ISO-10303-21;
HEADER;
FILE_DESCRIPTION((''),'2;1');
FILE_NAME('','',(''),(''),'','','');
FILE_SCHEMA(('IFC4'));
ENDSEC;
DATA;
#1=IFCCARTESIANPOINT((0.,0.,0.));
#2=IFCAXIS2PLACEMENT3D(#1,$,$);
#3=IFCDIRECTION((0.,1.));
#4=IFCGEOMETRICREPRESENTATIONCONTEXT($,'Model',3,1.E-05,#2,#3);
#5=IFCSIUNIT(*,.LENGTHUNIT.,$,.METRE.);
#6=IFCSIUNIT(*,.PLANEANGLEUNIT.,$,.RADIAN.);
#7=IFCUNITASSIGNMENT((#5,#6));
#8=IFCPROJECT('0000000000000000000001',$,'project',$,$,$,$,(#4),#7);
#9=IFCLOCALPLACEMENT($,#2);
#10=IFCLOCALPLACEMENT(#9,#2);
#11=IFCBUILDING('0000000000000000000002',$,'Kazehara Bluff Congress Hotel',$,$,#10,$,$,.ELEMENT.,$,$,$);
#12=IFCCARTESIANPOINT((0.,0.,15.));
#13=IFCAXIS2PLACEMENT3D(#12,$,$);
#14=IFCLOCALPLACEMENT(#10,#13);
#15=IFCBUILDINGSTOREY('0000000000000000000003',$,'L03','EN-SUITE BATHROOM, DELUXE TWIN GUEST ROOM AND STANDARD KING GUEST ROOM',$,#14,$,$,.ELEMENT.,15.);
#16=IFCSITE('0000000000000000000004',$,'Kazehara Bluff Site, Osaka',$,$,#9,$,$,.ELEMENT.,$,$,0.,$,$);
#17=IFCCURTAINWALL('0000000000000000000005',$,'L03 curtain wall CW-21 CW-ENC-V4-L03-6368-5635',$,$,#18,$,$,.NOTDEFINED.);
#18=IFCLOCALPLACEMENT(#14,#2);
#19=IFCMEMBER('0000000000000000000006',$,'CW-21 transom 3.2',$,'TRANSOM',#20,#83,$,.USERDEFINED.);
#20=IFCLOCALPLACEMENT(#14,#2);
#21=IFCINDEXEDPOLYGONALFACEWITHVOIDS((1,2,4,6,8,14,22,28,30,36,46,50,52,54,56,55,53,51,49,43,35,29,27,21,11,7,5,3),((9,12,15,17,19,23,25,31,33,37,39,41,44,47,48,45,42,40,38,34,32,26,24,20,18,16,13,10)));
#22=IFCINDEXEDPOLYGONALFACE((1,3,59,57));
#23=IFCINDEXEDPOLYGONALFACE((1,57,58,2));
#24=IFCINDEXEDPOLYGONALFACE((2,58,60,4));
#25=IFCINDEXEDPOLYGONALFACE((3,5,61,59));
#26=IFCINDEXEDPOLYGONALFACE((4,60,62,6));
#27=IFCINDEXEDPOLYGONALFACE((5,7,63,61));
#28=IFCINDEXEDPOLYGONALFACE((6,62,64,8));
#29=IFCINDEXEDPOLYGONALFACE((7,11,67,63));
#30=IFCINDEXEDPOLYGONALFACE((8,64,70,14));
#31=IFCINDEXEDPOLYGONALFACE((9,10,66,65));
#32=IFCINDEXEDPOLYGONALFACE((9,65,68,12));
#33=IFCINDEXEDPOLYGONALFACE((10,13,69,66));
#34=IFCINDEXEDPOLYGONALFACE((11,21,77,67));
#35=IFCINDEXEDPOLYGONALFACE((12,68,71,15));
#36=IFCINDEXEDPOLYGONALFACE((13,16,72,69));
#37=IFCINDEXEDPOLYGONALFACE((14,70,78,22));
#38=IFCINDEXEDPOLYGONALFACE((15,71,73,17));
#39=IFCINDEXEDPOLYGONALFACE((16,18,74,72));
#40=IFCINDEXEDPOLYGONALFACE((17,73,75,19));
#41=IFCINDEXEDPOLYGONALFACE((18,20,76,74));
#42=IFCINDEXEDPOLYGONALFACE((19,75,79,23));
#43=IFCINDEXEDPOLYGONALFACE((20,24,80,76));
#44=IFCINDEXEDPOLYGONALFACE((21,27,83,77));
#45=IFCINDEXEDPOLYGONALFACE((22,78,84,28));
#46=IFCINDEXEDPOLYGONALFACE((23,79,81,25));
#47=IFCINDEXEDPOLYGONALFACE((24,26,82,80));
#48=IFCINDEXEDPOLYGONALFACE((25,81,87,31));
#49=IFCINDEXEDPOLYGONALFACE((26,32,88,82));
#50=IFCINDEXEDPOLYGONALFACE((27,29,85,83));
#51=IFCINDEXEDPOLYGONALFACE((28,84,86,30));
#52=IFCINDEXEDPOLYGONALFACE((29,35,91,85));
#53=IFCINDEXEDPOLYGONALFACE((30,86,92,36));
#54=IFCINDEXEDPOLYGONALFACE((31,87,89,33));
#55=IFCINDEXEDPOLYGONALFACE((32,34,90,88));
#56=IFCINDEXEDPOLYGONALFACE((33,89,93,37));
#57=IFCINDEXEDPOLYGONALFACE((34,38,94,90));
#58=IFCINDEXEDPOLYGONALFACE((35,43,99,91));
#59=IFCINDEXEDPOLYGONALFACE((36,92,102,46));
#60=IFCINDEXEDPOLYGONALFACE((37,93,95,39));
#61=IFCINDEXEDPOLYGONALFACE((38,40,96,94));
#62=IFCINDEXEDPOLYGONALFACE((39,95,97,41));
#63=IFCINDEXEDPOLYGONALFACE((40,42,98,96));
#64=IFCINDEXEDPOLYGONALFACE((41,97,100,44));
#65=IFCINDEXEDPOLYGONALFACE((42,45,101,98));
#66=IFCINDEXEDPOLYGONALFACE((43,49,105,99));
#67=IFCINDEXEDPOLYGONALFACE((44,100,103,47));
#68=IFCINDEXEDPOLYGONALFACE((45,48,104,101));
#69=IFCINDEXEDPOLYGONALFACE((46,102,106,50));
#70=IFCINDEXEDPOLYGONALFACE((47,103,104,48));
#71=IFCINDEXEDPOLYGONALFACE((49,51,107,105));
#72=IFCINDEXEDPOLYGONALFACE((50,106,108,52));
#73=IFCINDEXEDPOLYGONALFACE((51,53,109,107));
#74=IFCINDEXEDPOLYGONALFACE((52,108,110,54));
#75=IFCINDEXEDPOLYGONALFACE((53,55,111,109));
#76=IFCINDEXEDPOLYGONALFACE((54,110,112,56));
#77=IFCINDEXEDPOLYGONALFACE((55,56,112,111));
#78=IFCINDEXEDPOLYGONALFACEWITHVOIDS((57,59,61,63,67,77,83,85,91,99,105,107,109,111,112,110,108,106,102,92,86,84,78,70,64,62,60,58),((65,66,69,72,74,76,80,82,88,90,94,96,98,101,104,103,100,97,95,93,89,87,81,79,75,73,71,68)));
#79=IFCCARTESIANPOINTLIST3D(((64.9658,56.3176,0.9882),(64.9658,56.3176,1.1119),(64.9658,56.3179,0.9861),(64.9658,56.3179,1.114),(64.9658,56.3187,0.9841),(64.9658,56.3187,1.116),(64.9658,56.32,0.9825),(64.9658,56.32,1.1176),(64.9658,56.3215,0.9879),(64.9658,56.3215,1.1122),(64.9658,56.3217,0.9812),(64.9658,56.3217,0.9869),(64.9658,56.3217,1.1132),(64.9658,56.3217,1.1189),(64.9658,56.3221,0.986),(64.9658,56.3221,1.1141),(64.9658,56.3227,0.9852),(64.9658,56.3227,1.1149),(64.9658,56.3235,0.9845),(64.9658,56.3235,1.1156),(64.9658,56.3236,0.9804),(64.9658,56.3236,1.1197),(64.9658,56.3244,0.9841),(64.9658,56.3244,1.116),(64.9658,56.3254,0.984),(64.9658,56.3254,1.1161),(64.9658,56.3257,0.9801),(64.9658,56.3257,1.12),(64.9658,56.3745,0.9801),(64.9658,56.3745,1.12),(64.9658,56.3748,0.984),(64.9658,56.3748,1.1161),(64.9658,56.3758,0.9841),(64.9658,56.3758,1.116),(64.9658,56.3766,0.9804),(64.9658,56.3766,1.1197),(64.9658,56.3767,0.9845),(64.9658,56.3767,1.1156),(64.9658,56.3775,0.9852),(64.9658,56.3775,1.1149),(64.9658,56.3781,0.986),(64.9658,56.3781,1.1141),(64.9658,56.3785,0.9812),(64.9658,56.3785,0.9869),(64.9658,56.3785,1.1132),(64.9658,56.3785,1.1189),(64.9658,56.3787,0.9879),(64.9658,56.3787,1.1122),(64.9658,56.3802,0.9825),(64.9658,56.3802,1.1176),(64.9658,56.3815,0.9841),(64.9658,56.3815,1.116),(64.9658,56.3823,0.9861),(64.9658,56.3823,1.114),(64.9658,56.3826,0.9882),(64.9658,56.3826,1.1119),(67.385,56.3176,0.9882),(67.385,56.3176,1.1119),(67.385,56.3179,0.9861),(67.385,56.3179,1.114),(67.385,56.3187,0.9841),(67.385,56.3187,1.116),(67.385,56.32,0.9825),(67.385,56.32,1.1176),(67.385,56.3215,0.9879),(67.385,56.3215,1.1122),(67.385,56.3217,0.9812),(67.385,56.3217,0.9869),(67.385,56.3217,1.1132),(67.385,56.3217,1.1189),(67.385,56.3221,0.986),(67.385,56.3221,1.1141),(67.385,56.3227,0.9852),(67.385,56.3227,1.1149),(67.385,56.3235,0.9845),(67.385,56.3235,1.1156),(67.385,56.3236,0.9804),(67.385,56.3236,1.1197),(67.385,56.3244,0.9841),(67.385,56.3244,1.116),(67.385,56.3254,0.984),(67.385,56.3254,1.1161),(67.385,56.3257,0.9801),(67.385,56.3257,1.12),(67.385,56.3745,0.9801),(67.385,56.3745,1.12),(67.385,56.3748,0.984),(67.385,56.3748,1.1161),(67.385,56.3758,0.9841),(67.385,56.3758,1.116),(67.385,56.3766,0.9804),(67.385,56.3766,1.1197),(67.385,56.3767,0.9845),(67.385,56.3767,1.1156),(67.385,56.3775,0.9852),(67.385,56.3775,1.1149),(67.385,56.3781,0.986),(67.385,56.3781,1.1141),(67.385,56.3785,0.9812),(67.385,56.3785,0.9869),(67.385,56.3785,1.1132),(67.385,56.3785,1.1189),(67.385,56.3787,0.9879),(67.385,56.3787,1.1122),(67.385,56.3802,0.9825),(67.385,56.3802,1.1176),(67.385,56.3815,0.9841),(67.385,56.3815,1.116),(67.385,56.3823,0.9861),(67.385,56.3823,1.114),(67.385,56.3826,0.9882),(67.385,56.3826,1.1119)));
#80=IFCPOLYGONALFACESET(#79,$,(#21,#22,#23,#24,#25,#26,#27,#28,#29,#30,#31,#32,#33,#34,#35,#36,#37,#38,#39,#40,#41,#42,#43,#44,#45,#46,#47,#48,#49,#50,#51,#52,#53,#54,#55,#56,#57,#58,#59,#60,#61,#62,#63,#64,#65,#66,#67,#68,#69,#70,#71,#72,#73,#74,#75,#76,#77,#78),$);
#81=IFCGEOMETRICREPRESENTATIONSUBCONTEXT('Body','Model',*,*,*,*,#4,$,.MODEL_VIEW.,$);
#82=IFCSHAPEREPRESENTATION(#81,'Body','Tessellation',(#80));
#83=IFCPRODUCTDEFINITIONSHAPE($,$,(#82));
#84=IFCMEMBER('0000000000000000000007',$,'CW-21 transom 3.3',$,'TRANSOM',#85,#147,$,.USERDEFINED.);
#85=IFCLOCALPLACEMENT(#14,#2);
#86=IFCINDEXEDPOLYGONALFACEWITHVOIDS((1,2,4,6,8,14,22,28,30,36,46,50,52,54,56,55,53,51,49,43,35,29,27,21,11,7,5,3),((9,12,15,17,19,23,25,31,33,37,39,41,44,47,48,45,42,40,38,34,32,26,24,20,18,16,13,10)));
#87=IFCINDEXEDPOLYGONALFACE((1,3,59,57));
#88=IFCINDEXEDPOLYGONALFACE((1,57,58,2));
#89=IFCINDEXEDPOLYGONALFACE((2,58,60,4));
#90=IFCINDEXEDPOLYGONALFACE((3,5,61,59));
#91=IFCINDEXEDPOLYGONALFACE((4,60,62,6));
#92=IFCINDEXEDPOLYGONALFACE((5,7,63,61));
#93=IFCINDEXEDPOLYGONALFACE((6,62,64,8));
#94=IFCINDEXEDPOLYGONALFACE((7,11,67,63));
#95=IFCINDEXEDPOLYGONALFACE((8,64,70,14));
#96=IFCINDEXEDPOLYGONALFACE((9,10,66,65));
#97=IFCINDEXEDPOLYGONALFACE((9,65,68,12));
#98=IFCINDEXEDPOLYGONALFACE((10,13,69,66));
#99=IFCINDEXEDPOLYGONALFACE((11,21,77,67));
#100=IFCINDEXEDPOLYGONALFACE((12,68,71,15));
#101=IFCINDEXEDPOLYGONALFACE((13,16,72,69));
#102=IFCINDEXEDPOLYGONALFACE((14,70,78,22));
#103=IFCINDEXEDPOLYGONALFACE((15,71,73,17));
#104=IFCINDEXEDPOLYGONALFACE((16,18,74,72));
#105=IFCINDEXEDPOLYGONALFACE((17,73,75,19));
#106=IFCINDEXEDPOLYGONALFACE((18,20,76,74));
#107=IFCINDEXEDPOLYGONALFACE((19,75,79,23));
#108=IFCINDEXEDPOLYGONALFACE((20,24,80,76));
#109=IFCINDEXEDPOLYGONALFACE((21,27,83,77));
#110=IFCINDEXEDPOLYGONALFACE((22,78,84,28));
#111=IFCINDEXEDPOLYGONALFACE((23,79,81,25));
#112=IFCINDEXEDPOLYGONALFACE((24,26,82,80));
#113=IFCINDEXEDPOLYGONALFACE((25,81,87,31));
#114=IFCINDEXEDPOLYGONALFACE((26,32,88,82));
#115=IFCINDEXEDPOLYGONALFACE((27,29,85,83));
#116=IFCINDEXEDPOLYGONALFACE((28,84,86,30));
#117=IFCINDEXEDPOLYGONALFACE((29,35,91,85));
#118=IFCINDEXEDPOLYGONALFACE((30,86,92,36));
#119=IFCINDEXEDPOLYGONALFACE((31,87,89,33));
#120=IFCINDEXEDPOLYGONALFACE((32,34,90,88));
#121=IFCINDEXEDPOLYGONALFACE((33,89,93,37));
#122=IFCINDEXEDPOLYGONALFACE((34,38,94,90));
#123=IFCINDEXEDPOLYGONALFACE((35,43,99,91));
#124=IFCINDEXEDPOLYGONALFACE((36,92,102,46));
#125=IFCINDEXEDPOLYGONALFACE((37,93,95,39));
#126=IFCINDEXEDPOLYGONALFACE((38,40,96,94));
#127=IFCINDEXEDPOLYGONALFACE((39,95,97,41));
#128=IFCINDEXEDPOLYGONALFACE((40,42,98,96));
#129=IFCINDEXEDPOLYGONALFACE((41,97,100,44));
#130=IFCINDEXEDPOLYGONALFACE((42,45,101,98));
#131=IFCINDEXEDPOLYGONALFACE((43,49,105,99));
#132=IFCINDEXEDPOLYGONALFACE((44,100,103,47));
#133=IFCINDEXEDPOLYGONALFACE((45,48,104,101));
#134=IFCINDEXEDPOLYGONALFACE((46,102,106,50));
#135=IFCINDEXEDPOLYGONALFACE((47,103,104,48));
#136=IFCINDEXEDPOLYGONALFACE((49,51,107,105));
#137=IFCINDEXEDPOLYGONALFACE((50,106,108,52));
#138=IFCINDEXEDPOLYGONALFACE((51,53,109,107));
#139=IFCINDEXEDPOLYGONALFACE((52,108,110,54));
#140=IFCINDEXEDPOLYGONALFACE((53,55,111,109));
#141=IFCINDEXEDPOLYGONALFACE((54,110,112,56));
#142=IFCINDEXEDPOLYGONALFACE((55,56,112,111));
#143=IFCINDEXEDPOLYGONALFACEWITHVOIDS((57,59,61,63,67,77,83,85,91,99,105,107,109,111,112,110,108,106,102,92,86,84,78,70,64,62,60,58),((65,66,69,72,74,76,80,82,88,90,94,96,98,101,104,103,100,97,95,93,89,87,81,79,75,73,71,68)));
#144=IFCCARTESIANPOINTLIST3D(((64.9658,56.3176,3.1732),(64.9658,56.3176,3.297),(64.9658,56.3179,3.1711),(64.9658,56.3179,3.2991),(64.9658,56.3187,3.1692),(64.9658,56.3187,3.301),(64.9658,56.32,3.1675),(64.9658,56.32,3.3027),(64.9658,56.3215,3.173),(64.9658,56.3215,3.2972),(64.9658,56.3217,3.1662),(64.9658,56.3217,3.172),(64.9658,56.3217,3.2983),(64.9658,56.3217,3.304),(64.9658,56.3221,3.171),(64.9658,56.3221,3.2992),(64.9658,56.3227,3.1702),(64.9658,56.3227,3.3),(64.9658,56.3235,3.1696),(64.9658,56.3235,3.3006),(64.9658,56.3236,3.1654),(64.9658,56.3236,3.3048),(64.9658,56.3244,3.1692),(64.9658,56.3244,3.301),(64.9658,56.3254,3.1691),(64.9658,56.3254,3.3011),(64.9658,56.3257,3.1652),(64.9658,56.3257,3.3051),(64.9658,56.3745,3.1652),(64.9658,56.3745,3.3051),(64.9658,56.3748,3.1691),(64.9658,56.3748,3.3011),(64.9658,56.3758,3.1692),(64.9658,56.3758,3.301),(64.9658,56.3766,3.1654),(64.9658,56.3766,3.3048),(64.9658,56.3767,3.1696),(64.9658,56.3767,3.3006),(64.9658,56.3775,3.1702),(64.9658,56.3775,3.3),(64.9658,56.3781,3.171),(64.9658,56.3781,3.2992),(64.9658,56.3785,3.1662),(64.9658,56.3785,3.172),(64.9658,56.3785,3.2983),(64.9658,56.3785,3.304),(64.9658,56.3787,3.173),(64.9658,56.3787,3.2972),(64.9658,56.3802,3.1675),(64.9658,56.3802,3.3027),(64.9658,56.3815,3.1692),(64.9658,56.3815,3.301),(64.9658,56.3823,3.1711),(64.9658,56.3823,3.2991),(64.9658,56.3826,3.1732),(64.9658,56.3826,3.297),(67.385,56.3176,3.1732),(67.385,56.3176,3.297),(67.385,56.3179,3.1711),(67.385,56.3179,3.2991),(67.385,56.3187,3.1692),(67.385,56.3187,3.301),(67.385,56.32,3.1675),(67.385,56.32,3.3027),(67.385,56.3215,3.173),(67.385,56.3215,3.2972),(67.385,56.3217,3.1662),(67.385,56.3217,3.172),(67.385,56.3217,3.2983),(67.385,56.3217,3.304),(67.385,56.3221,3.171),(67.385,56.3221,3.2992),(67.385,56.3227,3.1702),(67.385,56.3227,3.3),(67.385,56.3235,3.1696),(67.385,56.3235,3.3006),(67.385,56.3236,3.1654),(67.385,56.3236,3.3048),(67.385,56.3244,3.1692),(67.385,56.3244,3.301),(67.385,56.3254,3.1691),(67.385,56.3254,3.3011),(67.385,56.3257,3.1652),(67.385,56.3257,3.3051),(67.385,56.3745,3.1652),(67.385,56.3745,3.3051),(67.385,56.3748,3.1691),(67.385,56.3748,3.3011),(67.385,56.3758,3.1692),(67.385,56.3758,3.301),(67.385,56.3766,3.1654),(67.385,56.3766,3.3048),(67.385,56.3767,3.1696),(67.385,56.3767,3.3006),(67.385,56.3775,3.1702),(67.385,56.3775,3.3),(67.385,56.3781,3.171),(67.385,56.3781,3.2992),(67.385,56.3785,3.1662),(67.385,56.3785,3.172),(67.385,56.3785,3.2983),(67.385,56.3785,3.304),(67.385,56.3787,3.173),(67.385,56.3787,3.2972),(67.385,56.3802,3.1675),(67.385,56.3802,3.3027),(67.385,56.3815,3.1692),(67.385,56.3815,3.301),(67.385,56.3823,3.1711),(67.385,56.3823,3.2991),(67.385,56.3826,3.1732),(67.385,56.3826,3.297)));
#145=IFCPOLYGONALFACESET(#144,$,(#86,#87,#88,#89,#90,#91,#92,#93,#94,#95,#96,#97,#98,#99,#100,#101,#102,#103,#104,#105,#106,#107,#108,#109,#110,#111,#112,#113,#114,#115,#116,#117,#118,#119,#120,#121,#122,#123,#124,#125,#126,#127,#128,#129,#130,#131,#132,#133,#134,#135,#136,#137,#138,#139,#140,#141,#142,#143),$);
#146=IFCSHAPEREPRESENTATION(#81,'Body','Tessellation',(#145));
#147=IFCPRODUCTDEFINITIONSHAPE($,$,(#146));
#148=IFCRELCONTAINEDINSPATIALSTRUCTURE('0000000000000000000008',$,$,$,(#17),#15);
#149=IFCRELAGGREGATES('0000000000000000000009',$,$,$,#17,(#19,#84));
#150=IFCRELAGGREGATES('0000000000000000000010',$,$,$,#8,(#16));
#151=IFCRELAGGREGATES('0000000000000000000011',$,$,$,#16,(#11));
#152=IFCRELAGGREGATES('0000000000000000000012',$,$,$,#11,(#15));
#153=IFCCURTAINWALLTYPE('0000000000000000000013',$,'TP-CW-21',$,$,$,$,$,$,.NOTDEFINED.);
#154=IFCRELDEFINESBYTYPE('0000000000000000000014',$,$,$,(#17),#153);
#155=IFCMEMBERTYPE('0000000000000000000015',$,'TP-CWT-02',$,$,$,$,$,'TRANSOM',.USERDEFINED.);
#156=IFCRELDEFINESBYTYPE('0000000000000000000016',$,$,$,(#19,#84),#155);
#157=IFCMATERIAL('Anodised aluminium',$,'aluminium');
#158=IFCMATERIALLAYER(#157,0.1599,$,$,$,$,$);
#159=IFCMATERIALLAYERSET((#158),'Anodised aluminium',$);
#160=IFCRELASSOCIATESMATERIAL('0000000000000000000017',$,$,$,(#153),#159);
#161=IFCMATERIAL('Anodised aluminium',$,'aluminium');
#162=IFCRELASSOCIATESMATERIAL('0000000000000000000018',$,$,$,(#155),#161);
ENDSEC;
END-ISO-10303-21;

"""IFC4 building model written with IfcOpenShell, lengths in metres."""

from ifc_helpers import new_model, si_unit, direction, frame, origin, origin_2d, place, context, subcontext, project, spatial, hollow_rectangle, extrude, material, layer, layer_set, material_profile, profile_set, type_object, element, aggregate, save


model = new_model("IFC4")

# Units and contexts
model_context = context("Model", 3, precision=1e-05, world=origin(), true_north=direction((0.0, 1.0)))
body_context = subcontext(model_context, "Body", "Model", "MODEL_VIEW")
ifc_project = project(units=[si_unit("LENGTHUNIT", "METRE"), si_unit("PLANEANGLEUNIT", "RADIAN")], contexts=[model_context])

# Site, building, storey
site_placement = place(None, origin())
site = spatial("IfcSite", under=ifc_project, at=site_placement, Name="Kazehara Bluff Site, Osaka", CompositionType="ELEMENT", RefElevation=0.0)
building_placement = place(site_placement, origin())
building = spatial("IfcBuilding", under=site, at=building_placement, Name="Kazehara Bluff Congress Hotel", CompositionType="ELEMENT")
storey_placement = place(building_placement, frame((0.0, 0.0, 15.0)))
storey = spatial("IfcBuildingStorey", under=building, at=storey_placement, Name="L03", Description="EN-SUITE BATHROOM, DELUXE TWIN GUEST ROOM AND STANDARD KING GUEST ROOM", CompositionType="ELEMENT", Elevation=15.0)

# Curtain wall, members
ifc_material_1 = material(Name="Anodised aluminium", Category="aluminium")
ifc_layer_1 = layer(ifc_material_1, 0.1599)
ifc_layer_set_1 = layer_set([ifc_layer_1], Name="Anodised aluminium")
curtain_wall_type = type_object("IfcCurtainWallType", Name="TP-CW-21", PredefinedType="NOTDEFINED", material=ifc_layer_set_1)
curtain_wall_placement = place(storey_placement, origin())
curtain_wall = element("IfcCurtainWall", 1, at=curtain_wall_placement, inside=storey, type_object=curtain_wall_type, Name="L03 curtain wall CW-21 CW-ENC-V4-L03-6368-5635", PredefinedType="NOTDEFINED")
ifc_material_2 = material(Name="Anodised aluminium", Category="aluminium")
ifc_material_profile_1 = material_profile(ifc_material_2, hollow_rectangle(XDim=0.0649, YDim=0.1399, WallThickness=0.0039, InnerFilletRadius=0.0039, OuterFilletRadius=0.0081, at=origin_2d()))
ifc_profile_set_1 = profile_set([ifc_material_profile_1], Name="Anodised aluminium")
member_type_1 = type_object("IfcMemberType", Name="TP-CWT-02", ElementType="TRANSOM", PredefinedType="USERDEFINED", material=ifc_profile_set_1)
member_1_placement = place(storey_placement, frame((64.9658, 56.3501, 1.05), z_axis=(1.0, 0.0, 0.0), x_axis=(0.0, 1.0, 0.0)))
member_1 = element("IfcMember", 2, at=member_1_placement, type_object=member_type_1, Name="CW-21 transom 3.2", ObjectType="TRANSOM", PredefinedType="USERDEFINED", context=body_context, shape_type="SweptSolid", body=[
    extrude(hollow_rectangle(XDim=0.0649, YDim=0.1399, WallThickness=0.0039, InnerFilletRadius=0.0039, OuterFilletRadius=0.0081, at=origin_2d()), origin(), (0.0, 0.0, 1.0), 2.4192),
])
member_2_placement = place(storey_placement, frame((64.9658, 56.3501, 3.2351), z_axis=(1.0, 0.0, 0.0), x_axis=(0.0, 1.0, 0.0)))
member_2 = element("IfcMember", 3, at=member_2_placement, type_object=member_type_1, Name="CW-21 transom 3.3", ObjectType="TRANSOM", PredefinedType="USERDEFINED", context=body_context, shape_type="SweptSolid", body=[
    extrude(hollow_rectangle(XDim=0.0649, YDim=0.1399, WallThickness=0.0039, InnerFilletRadius=0.0039, OuterFilletRadius=0.0081, at=origin_2d()), origin(), (0.0, 0.0, 1.0), 2.4192),
])

aggregate(curtain_wall, [member_1, member_2])

save(model, "model.ifc")
